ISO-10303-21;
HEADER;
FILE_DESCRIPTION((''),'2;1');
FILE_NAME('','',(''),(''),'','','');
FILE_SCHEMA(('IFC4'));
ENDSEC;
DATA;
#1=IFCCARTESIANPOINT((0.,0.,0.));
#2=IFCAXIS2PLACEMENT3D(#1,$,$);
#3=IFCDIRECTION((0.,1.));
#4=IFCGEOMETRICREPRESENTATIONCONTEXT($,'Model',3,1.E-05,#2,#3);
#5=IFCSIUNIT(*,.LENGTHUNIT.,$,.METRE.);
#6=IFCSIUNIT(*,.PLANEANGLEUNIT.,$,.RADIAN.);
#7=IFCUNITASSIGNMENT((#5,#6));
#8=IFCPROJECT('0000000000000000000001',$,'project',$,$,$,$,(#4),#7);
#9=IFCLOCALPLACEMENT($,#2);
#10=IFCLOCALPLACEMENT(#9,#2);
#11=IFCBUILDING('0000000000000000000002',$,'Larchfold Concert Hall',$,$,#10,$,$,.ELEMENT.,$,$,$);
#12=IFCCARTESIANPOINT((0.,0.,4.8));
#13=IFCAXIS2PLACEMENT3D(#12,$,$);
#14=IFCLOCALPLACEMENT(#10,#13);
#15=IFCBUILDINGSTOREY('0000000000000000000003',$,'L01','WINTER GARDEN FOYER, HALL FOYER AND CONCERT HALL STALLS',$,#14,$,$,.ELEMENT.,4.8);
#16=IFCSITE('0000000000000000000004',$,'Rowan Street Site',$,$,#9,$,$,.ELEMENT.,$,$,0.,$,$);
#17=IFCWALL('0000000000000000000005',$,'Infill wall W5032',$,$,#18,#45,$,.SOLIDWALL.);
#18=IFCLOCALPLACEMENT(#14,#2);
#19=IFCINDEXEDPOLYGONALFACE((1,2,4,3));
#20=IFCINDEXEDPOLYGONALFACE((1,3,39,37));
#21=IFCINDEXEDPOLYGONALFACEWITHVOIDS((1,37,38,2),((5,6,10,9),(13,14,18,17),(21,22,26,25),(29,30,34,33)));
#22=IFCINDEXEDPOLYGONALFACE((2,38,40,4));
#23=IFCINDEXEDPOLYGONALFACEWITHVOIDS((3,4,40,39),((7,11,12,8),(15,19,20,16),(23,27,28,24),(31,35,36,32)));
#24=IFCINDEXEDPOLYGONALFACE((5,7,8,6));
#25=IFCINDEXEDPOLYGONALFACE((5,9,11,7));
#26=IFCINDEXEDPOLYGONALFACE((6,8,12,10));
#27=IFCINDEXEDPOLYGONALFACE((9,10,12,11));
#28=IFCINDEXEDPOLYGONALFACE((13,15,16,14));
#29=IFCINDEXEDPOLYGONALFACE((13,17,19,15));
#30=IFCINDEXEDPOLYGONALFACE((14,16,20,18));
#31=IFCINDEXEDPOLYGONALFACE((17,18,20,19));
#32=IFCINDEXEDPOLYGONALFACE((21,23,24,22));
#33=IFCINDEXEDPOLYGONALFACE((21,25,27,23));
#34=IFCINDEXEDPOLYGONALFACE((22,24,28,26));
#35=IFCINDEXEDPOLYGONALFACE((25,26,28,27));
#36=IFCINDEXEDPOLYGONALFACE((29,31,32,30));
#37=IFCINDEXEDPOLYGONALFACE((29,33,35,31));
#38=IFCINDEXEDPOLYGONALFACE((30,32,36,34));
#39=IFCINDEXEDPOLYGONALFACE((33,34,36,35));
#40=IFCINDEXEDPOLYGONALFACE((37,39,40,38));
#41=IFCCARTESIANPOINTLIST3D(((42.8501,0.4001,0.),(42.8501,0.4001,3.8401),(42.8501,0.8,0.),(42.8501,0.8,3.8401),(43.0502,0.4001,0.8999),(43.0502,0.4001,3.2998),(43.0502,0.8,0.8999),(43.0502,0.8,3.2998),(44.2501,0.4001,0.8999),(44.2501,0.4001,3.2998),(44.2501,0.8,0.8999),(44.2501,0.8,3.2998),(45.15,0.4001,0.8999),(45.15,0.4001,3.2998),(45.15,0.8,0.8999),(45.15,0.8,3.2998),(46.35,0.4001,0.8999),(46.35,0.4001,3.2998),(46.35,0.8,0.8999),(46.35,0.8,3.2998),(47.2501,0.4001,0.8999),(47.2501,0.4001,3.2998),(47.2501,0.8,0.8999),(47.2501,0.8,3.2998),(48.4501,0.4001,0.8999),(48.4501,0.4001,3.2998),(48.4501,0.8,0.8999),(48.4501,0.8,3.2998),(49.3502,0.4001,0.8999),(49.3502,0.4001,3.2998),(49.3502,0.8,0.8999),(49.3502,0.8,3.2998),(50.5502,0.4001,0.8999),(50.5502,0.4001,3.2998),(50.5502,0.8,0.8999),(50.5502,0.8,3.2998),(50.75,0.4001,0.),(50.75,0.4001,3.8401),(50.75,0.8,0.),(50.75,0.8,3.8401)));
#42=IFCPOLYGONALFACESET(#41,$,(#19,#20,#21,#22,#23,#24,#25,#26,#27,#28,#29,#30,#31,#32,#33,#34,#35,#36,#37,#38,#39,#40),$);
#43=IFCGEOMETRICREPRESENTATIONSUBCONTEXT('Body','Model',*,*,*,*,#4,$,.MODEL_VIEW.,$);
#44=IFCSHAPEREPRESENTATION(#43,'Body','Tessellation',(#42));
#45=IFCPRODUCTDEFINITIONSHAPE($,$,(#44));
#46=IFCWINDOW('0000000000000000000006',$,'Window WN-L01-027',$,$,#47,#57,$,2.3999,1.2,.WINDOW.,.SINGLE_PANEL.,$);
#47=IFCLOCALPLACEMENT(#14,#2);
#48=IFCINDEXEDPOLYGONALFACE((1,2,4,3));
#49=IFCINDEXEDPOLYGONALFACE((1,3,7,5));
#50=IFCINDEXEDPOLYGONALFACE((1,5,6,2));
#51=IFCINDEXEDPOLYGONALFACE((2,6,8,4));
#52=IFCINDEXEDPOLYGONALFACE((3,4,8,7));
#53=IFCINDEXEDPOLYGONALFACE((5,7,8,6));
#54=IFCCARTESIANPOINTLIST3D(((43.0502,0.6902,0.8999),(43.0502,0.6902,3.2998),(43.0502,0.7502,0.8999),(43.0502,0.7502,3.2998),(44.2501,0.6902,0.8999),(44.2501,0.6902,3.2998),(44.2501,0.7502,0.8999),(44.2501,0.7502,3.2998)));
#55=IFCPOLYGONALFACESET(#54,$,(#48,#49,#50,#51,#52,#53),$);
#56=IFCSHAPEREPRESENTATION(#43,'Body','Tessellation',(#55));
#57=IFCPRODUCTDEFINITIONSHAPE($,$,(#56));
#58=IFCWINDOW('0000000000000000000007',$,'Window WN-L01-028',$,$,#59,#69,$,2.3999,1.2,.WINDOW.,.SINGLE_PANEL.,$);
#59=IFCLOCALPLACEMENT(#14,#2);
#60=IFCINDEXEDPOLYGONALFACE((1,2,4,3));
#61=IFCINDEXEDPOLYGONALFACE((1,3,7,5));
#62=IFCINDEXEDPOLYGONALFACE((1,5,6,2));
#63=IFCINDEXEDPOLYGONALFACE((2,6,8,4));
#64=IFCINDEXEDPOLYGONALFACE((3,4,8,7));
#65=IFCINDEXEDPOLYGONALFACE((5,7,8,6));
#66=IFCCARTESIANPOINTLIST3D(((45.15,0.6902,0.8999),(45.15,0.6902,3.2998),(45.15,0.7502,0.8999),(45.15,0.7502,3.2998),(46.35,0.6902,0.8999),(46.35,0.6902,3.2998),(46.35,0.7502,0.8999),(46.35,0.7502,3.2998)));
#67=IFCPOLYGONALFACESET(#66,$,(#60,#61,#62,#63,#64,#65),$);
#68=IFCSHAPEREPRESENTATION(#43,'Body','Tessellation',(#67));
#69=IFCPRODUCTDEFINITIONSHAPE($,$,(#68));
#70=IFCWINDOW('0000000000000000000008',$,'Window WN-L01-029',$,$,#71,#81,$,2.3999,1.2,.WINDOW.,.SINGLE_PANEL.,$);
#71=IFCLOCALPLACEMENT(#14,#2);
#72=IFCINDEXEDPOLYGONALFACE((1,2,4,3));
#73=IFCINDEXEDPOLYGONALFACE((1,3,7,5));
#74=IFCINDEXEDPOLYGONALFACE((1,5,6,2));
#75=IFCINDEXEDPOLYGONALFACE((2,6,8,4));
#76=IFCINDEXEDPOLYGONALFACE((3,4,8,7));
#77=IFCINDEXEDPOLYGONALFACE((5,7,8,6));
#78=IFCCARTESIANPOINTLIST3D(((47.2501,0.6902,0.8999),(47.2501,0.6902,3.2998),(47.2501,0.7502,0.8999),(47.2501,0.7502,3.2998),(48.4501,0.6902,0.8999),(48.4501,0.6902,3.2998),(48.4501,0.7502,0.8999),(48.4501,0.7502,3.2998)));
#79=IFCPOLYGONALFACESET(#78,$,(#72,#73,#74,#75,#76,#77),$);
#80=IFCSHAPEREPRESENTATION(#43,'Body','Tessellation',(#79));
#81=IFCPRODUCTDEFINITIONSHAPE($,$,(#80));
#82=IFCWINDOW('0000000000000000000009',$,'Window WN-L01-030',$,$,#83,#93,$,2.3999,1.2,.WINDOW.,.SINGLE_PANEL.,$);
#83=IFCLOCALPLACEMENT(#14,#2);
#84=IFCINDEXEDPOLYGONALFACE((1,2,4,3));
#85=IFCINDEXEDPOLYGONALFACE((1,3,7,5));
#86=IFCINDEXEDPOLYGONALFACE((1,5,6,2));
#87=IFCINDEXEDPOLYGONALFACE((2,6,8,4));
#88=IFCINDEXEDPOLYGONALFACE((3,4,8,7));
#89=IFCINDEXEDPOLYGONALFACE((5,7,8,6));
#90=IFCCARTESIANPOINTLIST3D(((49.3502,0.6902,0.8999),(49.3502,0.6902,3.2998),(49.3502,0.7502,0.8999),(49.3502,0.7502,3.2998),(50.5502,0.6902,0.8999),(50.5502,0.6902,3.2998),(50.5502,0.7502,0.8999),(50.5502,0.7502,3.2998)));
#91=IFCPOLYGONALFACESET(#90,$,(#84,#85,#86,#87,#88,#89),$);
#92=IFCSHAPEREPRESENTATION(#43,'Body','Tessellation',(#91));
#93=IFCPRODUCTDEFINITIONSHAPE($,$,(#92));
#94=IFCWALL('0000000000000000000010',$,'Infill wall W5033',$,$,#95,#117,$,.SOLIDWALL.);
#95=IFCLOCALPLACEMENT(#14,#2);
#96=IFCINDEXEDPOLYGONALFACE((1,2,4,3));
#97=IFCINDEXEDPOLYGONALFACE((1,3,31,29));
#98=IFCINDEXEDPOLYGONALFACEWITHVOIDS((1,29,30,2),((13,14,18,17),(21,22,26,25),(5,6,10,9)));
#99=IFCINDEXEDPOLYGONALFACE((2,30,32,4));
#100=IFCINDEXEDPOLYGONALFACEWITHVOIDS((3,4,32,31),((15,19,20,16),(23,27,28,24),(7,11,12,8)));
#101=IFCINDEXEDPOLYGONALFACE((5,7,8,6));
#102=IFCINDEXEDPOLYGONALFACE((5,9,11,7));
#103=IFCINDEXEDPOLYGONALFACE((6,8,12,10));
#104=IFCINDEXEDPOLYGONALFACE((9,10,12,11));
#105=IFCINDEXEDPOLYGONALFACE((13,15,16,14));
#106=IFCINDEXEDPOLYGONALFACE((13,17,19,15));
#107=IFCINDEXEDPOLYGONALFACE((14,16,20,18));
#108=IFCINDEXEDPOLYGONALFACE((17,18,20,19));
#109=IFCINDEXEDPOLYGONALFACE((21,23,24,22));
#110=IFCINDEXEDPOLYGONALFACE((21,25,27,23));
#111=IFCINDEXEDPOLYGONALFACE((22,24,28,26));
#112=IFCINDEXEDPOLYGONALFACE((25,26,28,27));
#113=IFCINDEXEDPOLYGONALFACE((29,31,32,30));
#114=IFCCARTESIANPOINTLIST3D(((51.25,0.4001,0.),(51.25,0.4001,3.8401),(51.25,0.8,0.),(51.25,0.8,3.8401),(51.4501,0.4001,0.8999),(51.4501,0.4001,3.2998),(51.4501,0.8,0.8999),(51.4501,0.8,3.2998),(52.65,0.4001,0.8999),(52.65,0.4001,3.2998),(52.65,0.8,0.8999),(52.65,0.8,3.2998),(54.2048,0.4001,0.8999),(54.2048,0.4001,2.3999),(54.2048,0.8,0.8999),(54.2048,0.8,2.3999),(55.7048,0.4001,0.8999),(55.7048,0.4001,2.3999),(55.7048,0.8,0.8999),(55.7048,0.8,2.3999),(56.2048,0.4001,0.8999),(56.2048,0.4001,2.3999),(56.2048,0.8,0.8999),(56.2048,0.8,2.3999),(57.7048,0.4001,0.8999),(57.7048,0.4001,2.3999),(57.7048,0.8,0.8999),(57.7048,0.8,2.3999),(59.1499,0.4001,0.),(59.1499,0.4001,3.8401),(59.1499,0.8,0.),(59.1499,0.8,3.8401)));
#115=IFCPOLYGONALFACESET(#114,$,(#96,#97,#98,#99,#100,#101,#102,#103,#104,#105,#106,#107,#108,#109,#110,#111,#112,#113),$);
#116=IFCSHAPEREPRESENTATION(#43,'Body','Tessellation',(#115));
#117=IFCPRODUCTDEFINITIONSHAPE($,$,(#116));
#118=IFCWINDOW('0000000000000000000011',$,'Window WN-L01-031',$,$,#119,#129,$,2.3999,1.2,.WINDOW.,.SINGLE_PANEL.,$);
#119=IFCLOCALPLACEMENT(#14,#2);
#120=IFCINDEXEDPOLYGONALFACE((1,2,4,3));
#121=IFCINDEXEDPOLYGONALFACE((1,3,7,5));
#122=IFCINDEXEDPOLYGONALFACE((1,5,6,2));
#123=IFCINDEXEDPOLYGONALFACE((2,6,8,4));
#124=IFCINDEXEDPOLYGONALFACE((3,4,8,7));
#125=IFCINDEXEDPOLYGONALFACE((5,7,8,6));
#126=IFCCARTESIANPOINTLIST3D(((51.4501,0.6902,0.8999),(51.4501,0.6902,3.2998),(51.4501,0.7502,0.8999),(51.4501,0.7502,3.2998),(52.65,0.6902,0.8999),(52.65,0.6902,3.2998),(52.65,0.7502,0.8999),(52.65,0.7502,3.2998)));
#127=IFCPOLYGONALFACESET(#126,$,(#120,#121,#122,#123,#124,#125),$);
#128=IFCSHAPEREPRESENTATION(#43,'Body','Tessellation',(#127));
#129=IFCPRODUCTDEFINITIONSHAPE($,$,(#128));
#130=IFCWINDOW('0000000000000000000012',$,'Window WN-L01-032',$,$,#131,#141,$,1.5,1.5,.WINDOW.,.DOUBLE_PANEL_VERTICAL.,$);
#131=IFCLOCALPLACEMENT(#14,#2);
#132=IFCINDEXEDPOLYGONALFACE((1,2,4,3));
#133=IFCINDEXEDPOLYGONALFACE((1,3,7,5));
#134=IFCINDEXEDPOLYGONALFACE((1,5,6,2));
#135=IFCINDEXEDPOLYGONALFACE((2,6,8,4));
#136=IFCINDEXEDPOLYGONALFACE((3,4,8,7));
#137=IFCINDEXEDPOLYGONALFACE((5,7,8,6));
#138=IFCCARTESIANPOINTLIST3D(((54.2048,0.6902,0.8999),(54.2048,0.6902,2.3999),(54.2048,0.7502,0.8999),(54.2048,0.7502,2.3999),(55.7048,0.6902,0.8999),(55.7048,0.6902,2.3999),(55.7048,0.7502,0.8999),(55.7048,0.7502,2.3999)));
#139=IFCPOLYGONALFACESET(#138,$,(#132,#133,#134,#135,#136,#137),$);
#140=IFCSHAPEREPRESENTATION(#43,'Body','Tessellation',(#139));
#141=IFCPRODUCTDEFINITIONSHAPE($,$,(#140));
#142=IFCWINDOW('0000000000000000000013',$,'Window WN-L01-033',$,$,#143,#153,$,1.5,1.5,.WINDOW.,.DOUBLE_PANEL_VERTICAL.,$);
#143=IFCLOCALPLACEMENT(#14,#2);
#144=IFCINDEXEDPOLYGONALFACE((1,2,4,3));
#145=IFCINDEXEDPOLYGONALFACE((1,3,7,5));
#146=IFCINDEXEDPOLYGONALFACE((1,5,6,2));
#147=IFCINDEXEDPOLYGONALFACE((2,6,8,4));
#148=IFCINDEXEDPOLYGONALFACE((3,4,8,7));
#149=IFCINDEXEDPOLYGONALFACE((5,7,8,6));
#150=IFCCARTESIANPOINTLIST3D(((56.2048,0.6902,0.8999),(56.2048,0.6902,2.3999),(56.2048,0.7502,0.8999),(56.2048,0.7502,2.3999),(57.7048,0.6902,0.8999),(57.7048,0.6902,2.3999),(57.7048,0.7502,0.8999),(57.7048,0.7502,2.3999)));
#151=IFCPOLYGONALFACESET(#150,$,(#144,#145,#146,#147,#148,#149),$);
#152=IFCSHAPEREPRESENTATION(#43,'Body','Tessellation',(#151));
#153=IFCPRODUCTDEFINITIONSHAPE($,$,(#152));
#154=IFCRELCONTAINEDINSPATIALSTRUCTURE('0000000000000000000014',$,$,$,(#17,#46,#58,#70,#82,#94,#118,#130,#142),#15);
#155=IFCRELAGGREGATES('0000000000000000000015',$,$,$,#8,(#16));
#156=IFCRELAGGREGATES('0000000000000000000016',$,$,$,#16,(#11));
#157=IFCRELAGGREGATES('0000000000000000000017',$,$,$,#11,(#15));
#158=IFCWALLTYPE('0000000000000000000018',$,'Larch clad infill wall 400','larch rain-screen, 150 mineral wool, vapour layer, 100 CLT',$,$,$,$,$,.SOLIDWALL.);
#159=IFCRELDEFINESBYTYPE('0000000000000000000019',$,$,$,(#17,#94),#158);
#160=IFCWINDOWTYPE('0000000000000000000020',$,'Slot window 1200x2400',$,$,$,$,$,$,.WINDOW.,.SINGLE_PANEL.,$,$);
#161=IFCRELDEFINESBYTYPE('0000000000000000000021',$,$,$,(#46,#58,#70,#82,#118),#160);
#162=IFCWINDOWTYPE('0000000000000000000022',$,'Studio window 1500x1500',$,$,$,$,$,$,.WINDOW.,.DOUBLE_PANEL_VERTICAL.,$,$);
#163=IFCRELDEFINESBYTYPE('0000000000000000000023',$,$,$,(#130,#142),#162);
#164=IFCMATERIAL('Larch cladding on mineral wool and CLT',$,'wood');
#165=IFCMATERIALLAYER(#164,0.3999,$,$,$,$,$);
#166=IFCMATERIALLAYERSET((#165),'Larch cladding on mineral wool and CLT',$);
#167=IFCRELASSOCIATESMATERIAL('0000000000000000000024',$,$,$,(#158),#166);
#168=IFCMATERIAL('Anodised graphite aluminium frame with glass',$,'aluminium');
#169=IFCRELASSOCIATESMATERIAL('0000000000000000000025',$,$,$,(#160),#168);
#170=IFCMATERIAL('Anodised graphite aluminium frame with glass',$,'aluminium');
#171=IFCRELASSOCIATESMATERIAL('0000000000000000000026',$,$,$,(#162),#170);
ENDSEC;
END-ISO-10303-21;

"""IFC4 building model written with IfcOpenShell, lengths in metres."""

from ifc_helpers import new_model, si_unit, direction, frame, frame_2d, origin, place, context, subcontext, project, spatial, rectangle, extrude, material, layer, layer_set, type_object, element, fill, save


model = new_model("IFC4")

# Units and contexts
model_context = context("Model", 3, precision=1e-05, world=origin(), true_north=direction((0.0, 1.0)))
body_context = subcontext(model_context, "Body", "Model", "MODEL_VIEW")
ifc_project = project(units=[si_unit("LENGTHUNIT", "METRE"), si_unit("PLANEANGLEUNIT", "RADIAN")], contexts=[model_context])

# Site, building, storey
site_placement = place(None, origin())
site = spatial("IfcSite", under=ifc_project, at=site_placement, Name="Rowan Street Site", CompositionType="ELEMENT", RefElevation=0.0)
building_placement = place(site_placement, origin())
building = spatial("IfcBuilding", under=site, at=building_placement, Name="Larchfold Concert Hall", CompositionType="ELEMENT")
storey_placement = place(building_placement, frame((0.0, 0.0, 4.8)))
storey = spatial("IfcBuildingStorey", under=building, at=storey_placement, Name="L01", Description="WINTER GARDEN FOYER, HALL FOYER AND CONCERT HALL STALLS", CompositionType="ELEMENT", Elevation=4.8)

# Walls, openings, windows
ifc_material_1 = material(Name="Larch cladding on mineral wool and CLT", Category="wood")
ifc_layer_1 = layer(ifc_material_1, 0.3999)
ifc_layer_set_1 = layer_set([ifc_layer_1], Name="Larch cladding on mineral wool and CLT")
wall_type = type_object("IfcWallType", Name="Larch clad infill wall 400", Description="larch rain-screen, 150 mineral wool, vapour layer, 100 CLT", PredefinedType="SOLIDWALL", material=ifc_layer_set_1)
wall_1_placement = place(storey_placement, frame((42.8501, 0.6001, 0.0), z_axis=(0.0, 0.0, 1.0), x_axis=(1.0, 0.0, 0.0)))
wall_1 = element("IfcWall", 1, at=wall_1_placement, inside=storey, type_object=wall_type, Name="Infill wall W5032", PredefinedType="SOLIDWALL", context=body_context, shape_type="SweptSolid", body=[
    extrude(rectangle(XDim=7.8999, YDim=0.3999, at=frame_2d((3.95, 0.0))), origin(), (0.0, 0.0, 1.0), 3.8401),
])
opening_1_placement = place(wall_1_placement, frame((0.2, 0.0, 0.8999)))
opening_1 = element("IfcOpeningElement", 2, at=opening_1_placement, cuts=wall_1, PredefinedType="OPENING", context=body_context, shape_type="SweptSolid", body=[
    extrude(rectangle(XDim=1.2, YDim=2.3999, at=frame_2d((0.6001, 1.2))), frame((0.0, 0.21, 0.0), z_axis=(0.0, -1.0, 0.0), x_axis=(1.0, 0.0, 0.0)), (0.0, 0.0, 1.0), 0.4199),
])
opening_2_placement = place(wall_1_placement, frame((2.2998, 0.0, 0.8999)))
opening_2 = element("IfcOpeningElement", 3, at=opening_2_placement, cuts=wall_1, PredefinedType="OPENING", context=body_context, shape_type="SweptSolid", body=[
    extrude(rectangle(XDim=1.2, YDim=2.3999, at=frame_2d((0.6001, 1.2))), frame((0.0, 0.21, 0.0), z_axis=(0.0, -1.0, 0.0), x_axis=(1.0, 0.0, 0.0)), (0.0, 0.0, 1.0), 0.4199),
])
opening_3_placement = place(wall_1_placement, frame((4.3999, 0.0, 0.8999)))
opening_3 = element("IfcOpeningElement", 4, at=opening_3_placement, cuts=wall_1, PredefinedType="OPENING", context=body_context, shape_type="SweptSolid", body=[
    extrude(rectangle(XDim=1.2, YDim=2.3999, at=frame_2d((0.6001, 1.2))), frame((0.0, 0.21, 0.0), z_axis=(0.0, -1.0, 0.0), x_axis=(1.0, 0.0, 0.0)), (0.0, 0.0, 1.0), 0.4199),
])
opening_4_placement = place(wall_1_placement, frame((6.5, 0.0, 0.8999)))
opening_4 = element("IfcOpeningElement", 5, at=opening_4_placement, cuts=wall_1, PredefinedType="OPENING", context=body_context, shape_type="SweptSolid", body=[
    extrude(rectangle(XDim=1.2, YDim=2.3999, at=frame_2d((0.6001, 1.2))), frame((0.0, 0.21, 0.0), z_axis=(0.0, -1.0, 0.0), x_axis=(1.0, 0.0, 0.0)), (0.0, 0.0, 1.0), 0.4199),
])
ifc_material_2 = material(Name="Anodised graphite aluminium frame with glass", Category="aluminium")
window_type_1 = type_object("IfcWindowType", Name="Slot window 1200x2400", PartitioningType="SINGLE_PANEL", PredefinedType="WINDOW", material=ifc_material_2)
window_1_placement = place(opening_1_placement, origin())
window_1 = element("IfcWindow", 6, at=window_1_placement, inside=storey, type_object=window_type_1, Name="Window WN-L01-027", OverallHeight=2.3999, OverallWidth=1.2, PartitioningType="SINGLE_PANEL", PredefinedType="WINDOW", context=body_context, shape_type="SweptSolid", body=[
    extrude(rectangle(XDim=1.2, YDim=2.3999, at=frame_2d((0.6001, 1.2))), frame((0.0, 0.1501, 0.0), z_axis=(0.0, -1.0, 0.0), x_axis=(1.0, 0.0, 0.0)), (0.0, 0.0, 1.0), 0.0601),
])
fill(opening_1, window_1)
window_2_placement = place(opening_2_placement, origin())
window_2 = element("IfcWindow", 7, at=window_2_placement, inside=storey, type_object=window_type_1, Name="Window WN-L01-028", OverallHeight=2.3999, OverallWidth=1.2, PartitioningType="SINGLE_PANEL", PredefinedType="WINDOW", context=body_context, shape_type="SweptSolid", body=[
    extrude(rectangle(XDim=1.2, YDim=2.3999, at=frame_2d((0.6001, 1.2))), frame((0.0, 0.1501, 0.0), z_axis=(0.0, -1.0, 0.0), x_axis=(1.0, 0.0, 0.0)), (0.0, 0.0, 1.0), 0.0601),
])
fill(opening_2, window_2)
window_3_placement = place(opening_3_placement, origin())
window_3 = element("IfcWindow", 8, at=window_3_placement, inside=storey, type_object=window_type_1, Name="Window WN-L01-029", OverallHeight=2.3999, OverallWidth=1.2, PartitioningType="SINGLE_PANEL", PredefinedType="WINDOW", context=body_context, shape_type="SweptSolid", body=[
    extrude(rectangle(XDim=1.2, YDim=2.3999, at=frame_2d((0.6001, 1.2))), frame((0.0, 0.1501, 0.0), z_axis=(0.0, -1.0, 0.0), x_axis=(1.0, 0.0, 0.0)), (0.0, 0.0, 1.0), 0.0601),
])
fill(opening_3, window_3)
window_4_placement = place(opening_4_placement, origin())
window_4 = element("IfcWindow", 9, at=window_4_placement, inside=storey, type_object=window_type_1, Name="Window WN-L01-030", OverallHeight=2.3999, OverallWidth=1.2, PartitioningType="SINGLE_PANEL", PredefinedType="WINDOW", context=body_context, shape_type="SweptSolid", body=[
    extrude(rectangle(XDim=1.2, YDim=2.3999, at=frame_2d((0.6001, 1.2))), frame((0.0, 0.1501, 0.0), z_axis=(0.0, -1.0, 0.0), x_axis=(1.0, 0.0, 0.0)), (0.0, 0.0, 1.0), 0.0601),
])
fill(opening_4, window_4)
wall_2_placement = place(storey_placement, frame((51.25, 0.6001, 0.0), z_axis=(0.0, 0.0, 1.0), x_axis=(1.0, 0.0, 0.0)))
wall_2 = element("IfcWall", 10, at=wall_2_placement, inside=storey, type_object=wall_type, Name="Infill wall W5033", PredefinedType="SOLIDWALL", context=body_context, shape_type="SweptSolid", body=[
    extrude(rectangle(XDim=7.8999, YDim=0.3999, at=frame_2d((3.95, 0.0))), origin(), (0.0, 0.0, 1.0), 3.8401),
])
opening_5_placement = place(wall_2_placement, frame((0.2, 0.0, 0.8999)))
opening_5 = element("IfcOpeningElement", 11, at=opening_5_placement, cuts=wall_2, PredefinedType="OPENING", context=body_context, shape_type="SweptSolid", body=[
    extrude(rectangle(XDim=1.2, YDim=2.3999, at=frame_2d((0.6001, 1.2))), frame((0.0, 0.21, 0.0), z_axis=(0.0, -1.0, 0.0), x_axis=(1.0, 0.0, 0.0)), (0.0, 0.0, 1.0), 0.4199),
])
opening_6_placement = place(wall_2_placement, frame((2.9548, 0.0, 0.8999)))
opening_6 = element("IfcOpeningElement", 12, at=opening_6_placement, cuts=wall_2, PredefinedType="OPENING", context=body_context, shape_type="SweptSolid", body=[
    extrude(rectangle(XDim=1.5, YDim=1.5, at=frame_2d((0.75, 0.75))), frame((0.0, 0.21, 0.0), z_axis=(0.0, -1.0, 0.0), x_axis=(1.0, 0.0, 0.0)), (0.0, 0.0, 1.0), 0.4199),
])
opening_7_placement = place(wall_2_placement, frame((4.9548, 0.0, 0.8999)))
opening_7 = element("IfcOpeningElement", 13, at=opening_7_placement, cuts=wall_2, PredefinedType="OPENING", context=body_context, shape_type="SweptSolid", body=[
    extrude(rectangle(XDim=1.5, YDim=1.5, at=frame_2d((0.75, 0.75))), frame((0.0, 0.21, 0.0), z_axis=(0.0, -1.0, 0.0), x_axis=(1.0, 0.0, 0.0)), (0.0, 0.0, 1.0), 0.4199),
])
window_5_placement = place(opening_5_placement, origin())
window_5 = element("IfcWindow", 14, at=window_5_placement, inside=storey, type_object=window_type_1, Name="Window WN-L01-031", OverallHeight=2.3999, OverallWidth=1.2, PartitioningType="SINGLE_PANEL", PredefinedType="WINDOW", context=body_context, shape_type="SweptSolid", body=[
    extrude(rectangle(XDim=1.2, YDim=2.3999, at=frame_2d((0.6001, 1.2))), frame((0.0, 0.1501, 0.0), z_axis=(0.0, -1.0, 0.0), x_axis=(1.0, 0.0, 0.0)), (0.0, 0.0, 1.0), 0.0601),
])
fill(opening_5, window_5)
ifc_material_3 = material(Name="Anodised graphite aluminium frame with glass", Category="aluminium")
window_type_2 = type_object("IfcWindowType", Name="Studio window 1500x1500", PartitioningType="DOUBLE_PANEL_VERTICAL", PredefinedType="WINDOW", material=ifc_material_3)
window_6_placement = place(opening_6_placement, origin())
window_6 = element("IfcWindow", 15, at=window_6_placement, inside=storey, type_object=window_type_2, Name="Window WN-L01-032", OverallHeight=1.5, OverallWidth=1.5, PartitioningType="DOUBLE_PANEL_VERTICAL", PredefinedType="WINDOW", context=body_context, shape_type="SweptSolid", body=[
    extrude(rectangle(XDim=1.5, YDim=1.5, at=frame_2d((0.75, 0.75))), frame((0.0, 0.1501, 0.0), z_axis=(0.0, -1.0, 0.0), x_axis=(1.0, 0.0, 0.0)), (0.0, 0.0, 1.0), 0.0601),
])
fill(opening_6, window_6)
window_7_placement = place(opening_7_placement, origin())
window_7 = element("IfcWindow", 16, at=window_7_placement, inside=storey, type_object=window_type_2, Name="Window WN-L01-033", OverallHeight=1.5, OverallWidth=1.5, PartitioningType="DOUBLE_PANEL_VERTICAL", PredefinedType="WINDOW", context=body_context, shape_type="SweptSolid", body=[
    extrude(rectangle(XDim=1.5, YDim=1.5, at=frame_2d((0.75, 0.75))), frame((0.0, 0.1501, 0.0), z_axis=(0.0, -1.0, 0.0), x_axis=(1.0, 0.0, 0.0)), (0.0, 0.0, 1.0), 0.0601),
])
fill(opening_7, window_7)

save(model, "model.ifc")
